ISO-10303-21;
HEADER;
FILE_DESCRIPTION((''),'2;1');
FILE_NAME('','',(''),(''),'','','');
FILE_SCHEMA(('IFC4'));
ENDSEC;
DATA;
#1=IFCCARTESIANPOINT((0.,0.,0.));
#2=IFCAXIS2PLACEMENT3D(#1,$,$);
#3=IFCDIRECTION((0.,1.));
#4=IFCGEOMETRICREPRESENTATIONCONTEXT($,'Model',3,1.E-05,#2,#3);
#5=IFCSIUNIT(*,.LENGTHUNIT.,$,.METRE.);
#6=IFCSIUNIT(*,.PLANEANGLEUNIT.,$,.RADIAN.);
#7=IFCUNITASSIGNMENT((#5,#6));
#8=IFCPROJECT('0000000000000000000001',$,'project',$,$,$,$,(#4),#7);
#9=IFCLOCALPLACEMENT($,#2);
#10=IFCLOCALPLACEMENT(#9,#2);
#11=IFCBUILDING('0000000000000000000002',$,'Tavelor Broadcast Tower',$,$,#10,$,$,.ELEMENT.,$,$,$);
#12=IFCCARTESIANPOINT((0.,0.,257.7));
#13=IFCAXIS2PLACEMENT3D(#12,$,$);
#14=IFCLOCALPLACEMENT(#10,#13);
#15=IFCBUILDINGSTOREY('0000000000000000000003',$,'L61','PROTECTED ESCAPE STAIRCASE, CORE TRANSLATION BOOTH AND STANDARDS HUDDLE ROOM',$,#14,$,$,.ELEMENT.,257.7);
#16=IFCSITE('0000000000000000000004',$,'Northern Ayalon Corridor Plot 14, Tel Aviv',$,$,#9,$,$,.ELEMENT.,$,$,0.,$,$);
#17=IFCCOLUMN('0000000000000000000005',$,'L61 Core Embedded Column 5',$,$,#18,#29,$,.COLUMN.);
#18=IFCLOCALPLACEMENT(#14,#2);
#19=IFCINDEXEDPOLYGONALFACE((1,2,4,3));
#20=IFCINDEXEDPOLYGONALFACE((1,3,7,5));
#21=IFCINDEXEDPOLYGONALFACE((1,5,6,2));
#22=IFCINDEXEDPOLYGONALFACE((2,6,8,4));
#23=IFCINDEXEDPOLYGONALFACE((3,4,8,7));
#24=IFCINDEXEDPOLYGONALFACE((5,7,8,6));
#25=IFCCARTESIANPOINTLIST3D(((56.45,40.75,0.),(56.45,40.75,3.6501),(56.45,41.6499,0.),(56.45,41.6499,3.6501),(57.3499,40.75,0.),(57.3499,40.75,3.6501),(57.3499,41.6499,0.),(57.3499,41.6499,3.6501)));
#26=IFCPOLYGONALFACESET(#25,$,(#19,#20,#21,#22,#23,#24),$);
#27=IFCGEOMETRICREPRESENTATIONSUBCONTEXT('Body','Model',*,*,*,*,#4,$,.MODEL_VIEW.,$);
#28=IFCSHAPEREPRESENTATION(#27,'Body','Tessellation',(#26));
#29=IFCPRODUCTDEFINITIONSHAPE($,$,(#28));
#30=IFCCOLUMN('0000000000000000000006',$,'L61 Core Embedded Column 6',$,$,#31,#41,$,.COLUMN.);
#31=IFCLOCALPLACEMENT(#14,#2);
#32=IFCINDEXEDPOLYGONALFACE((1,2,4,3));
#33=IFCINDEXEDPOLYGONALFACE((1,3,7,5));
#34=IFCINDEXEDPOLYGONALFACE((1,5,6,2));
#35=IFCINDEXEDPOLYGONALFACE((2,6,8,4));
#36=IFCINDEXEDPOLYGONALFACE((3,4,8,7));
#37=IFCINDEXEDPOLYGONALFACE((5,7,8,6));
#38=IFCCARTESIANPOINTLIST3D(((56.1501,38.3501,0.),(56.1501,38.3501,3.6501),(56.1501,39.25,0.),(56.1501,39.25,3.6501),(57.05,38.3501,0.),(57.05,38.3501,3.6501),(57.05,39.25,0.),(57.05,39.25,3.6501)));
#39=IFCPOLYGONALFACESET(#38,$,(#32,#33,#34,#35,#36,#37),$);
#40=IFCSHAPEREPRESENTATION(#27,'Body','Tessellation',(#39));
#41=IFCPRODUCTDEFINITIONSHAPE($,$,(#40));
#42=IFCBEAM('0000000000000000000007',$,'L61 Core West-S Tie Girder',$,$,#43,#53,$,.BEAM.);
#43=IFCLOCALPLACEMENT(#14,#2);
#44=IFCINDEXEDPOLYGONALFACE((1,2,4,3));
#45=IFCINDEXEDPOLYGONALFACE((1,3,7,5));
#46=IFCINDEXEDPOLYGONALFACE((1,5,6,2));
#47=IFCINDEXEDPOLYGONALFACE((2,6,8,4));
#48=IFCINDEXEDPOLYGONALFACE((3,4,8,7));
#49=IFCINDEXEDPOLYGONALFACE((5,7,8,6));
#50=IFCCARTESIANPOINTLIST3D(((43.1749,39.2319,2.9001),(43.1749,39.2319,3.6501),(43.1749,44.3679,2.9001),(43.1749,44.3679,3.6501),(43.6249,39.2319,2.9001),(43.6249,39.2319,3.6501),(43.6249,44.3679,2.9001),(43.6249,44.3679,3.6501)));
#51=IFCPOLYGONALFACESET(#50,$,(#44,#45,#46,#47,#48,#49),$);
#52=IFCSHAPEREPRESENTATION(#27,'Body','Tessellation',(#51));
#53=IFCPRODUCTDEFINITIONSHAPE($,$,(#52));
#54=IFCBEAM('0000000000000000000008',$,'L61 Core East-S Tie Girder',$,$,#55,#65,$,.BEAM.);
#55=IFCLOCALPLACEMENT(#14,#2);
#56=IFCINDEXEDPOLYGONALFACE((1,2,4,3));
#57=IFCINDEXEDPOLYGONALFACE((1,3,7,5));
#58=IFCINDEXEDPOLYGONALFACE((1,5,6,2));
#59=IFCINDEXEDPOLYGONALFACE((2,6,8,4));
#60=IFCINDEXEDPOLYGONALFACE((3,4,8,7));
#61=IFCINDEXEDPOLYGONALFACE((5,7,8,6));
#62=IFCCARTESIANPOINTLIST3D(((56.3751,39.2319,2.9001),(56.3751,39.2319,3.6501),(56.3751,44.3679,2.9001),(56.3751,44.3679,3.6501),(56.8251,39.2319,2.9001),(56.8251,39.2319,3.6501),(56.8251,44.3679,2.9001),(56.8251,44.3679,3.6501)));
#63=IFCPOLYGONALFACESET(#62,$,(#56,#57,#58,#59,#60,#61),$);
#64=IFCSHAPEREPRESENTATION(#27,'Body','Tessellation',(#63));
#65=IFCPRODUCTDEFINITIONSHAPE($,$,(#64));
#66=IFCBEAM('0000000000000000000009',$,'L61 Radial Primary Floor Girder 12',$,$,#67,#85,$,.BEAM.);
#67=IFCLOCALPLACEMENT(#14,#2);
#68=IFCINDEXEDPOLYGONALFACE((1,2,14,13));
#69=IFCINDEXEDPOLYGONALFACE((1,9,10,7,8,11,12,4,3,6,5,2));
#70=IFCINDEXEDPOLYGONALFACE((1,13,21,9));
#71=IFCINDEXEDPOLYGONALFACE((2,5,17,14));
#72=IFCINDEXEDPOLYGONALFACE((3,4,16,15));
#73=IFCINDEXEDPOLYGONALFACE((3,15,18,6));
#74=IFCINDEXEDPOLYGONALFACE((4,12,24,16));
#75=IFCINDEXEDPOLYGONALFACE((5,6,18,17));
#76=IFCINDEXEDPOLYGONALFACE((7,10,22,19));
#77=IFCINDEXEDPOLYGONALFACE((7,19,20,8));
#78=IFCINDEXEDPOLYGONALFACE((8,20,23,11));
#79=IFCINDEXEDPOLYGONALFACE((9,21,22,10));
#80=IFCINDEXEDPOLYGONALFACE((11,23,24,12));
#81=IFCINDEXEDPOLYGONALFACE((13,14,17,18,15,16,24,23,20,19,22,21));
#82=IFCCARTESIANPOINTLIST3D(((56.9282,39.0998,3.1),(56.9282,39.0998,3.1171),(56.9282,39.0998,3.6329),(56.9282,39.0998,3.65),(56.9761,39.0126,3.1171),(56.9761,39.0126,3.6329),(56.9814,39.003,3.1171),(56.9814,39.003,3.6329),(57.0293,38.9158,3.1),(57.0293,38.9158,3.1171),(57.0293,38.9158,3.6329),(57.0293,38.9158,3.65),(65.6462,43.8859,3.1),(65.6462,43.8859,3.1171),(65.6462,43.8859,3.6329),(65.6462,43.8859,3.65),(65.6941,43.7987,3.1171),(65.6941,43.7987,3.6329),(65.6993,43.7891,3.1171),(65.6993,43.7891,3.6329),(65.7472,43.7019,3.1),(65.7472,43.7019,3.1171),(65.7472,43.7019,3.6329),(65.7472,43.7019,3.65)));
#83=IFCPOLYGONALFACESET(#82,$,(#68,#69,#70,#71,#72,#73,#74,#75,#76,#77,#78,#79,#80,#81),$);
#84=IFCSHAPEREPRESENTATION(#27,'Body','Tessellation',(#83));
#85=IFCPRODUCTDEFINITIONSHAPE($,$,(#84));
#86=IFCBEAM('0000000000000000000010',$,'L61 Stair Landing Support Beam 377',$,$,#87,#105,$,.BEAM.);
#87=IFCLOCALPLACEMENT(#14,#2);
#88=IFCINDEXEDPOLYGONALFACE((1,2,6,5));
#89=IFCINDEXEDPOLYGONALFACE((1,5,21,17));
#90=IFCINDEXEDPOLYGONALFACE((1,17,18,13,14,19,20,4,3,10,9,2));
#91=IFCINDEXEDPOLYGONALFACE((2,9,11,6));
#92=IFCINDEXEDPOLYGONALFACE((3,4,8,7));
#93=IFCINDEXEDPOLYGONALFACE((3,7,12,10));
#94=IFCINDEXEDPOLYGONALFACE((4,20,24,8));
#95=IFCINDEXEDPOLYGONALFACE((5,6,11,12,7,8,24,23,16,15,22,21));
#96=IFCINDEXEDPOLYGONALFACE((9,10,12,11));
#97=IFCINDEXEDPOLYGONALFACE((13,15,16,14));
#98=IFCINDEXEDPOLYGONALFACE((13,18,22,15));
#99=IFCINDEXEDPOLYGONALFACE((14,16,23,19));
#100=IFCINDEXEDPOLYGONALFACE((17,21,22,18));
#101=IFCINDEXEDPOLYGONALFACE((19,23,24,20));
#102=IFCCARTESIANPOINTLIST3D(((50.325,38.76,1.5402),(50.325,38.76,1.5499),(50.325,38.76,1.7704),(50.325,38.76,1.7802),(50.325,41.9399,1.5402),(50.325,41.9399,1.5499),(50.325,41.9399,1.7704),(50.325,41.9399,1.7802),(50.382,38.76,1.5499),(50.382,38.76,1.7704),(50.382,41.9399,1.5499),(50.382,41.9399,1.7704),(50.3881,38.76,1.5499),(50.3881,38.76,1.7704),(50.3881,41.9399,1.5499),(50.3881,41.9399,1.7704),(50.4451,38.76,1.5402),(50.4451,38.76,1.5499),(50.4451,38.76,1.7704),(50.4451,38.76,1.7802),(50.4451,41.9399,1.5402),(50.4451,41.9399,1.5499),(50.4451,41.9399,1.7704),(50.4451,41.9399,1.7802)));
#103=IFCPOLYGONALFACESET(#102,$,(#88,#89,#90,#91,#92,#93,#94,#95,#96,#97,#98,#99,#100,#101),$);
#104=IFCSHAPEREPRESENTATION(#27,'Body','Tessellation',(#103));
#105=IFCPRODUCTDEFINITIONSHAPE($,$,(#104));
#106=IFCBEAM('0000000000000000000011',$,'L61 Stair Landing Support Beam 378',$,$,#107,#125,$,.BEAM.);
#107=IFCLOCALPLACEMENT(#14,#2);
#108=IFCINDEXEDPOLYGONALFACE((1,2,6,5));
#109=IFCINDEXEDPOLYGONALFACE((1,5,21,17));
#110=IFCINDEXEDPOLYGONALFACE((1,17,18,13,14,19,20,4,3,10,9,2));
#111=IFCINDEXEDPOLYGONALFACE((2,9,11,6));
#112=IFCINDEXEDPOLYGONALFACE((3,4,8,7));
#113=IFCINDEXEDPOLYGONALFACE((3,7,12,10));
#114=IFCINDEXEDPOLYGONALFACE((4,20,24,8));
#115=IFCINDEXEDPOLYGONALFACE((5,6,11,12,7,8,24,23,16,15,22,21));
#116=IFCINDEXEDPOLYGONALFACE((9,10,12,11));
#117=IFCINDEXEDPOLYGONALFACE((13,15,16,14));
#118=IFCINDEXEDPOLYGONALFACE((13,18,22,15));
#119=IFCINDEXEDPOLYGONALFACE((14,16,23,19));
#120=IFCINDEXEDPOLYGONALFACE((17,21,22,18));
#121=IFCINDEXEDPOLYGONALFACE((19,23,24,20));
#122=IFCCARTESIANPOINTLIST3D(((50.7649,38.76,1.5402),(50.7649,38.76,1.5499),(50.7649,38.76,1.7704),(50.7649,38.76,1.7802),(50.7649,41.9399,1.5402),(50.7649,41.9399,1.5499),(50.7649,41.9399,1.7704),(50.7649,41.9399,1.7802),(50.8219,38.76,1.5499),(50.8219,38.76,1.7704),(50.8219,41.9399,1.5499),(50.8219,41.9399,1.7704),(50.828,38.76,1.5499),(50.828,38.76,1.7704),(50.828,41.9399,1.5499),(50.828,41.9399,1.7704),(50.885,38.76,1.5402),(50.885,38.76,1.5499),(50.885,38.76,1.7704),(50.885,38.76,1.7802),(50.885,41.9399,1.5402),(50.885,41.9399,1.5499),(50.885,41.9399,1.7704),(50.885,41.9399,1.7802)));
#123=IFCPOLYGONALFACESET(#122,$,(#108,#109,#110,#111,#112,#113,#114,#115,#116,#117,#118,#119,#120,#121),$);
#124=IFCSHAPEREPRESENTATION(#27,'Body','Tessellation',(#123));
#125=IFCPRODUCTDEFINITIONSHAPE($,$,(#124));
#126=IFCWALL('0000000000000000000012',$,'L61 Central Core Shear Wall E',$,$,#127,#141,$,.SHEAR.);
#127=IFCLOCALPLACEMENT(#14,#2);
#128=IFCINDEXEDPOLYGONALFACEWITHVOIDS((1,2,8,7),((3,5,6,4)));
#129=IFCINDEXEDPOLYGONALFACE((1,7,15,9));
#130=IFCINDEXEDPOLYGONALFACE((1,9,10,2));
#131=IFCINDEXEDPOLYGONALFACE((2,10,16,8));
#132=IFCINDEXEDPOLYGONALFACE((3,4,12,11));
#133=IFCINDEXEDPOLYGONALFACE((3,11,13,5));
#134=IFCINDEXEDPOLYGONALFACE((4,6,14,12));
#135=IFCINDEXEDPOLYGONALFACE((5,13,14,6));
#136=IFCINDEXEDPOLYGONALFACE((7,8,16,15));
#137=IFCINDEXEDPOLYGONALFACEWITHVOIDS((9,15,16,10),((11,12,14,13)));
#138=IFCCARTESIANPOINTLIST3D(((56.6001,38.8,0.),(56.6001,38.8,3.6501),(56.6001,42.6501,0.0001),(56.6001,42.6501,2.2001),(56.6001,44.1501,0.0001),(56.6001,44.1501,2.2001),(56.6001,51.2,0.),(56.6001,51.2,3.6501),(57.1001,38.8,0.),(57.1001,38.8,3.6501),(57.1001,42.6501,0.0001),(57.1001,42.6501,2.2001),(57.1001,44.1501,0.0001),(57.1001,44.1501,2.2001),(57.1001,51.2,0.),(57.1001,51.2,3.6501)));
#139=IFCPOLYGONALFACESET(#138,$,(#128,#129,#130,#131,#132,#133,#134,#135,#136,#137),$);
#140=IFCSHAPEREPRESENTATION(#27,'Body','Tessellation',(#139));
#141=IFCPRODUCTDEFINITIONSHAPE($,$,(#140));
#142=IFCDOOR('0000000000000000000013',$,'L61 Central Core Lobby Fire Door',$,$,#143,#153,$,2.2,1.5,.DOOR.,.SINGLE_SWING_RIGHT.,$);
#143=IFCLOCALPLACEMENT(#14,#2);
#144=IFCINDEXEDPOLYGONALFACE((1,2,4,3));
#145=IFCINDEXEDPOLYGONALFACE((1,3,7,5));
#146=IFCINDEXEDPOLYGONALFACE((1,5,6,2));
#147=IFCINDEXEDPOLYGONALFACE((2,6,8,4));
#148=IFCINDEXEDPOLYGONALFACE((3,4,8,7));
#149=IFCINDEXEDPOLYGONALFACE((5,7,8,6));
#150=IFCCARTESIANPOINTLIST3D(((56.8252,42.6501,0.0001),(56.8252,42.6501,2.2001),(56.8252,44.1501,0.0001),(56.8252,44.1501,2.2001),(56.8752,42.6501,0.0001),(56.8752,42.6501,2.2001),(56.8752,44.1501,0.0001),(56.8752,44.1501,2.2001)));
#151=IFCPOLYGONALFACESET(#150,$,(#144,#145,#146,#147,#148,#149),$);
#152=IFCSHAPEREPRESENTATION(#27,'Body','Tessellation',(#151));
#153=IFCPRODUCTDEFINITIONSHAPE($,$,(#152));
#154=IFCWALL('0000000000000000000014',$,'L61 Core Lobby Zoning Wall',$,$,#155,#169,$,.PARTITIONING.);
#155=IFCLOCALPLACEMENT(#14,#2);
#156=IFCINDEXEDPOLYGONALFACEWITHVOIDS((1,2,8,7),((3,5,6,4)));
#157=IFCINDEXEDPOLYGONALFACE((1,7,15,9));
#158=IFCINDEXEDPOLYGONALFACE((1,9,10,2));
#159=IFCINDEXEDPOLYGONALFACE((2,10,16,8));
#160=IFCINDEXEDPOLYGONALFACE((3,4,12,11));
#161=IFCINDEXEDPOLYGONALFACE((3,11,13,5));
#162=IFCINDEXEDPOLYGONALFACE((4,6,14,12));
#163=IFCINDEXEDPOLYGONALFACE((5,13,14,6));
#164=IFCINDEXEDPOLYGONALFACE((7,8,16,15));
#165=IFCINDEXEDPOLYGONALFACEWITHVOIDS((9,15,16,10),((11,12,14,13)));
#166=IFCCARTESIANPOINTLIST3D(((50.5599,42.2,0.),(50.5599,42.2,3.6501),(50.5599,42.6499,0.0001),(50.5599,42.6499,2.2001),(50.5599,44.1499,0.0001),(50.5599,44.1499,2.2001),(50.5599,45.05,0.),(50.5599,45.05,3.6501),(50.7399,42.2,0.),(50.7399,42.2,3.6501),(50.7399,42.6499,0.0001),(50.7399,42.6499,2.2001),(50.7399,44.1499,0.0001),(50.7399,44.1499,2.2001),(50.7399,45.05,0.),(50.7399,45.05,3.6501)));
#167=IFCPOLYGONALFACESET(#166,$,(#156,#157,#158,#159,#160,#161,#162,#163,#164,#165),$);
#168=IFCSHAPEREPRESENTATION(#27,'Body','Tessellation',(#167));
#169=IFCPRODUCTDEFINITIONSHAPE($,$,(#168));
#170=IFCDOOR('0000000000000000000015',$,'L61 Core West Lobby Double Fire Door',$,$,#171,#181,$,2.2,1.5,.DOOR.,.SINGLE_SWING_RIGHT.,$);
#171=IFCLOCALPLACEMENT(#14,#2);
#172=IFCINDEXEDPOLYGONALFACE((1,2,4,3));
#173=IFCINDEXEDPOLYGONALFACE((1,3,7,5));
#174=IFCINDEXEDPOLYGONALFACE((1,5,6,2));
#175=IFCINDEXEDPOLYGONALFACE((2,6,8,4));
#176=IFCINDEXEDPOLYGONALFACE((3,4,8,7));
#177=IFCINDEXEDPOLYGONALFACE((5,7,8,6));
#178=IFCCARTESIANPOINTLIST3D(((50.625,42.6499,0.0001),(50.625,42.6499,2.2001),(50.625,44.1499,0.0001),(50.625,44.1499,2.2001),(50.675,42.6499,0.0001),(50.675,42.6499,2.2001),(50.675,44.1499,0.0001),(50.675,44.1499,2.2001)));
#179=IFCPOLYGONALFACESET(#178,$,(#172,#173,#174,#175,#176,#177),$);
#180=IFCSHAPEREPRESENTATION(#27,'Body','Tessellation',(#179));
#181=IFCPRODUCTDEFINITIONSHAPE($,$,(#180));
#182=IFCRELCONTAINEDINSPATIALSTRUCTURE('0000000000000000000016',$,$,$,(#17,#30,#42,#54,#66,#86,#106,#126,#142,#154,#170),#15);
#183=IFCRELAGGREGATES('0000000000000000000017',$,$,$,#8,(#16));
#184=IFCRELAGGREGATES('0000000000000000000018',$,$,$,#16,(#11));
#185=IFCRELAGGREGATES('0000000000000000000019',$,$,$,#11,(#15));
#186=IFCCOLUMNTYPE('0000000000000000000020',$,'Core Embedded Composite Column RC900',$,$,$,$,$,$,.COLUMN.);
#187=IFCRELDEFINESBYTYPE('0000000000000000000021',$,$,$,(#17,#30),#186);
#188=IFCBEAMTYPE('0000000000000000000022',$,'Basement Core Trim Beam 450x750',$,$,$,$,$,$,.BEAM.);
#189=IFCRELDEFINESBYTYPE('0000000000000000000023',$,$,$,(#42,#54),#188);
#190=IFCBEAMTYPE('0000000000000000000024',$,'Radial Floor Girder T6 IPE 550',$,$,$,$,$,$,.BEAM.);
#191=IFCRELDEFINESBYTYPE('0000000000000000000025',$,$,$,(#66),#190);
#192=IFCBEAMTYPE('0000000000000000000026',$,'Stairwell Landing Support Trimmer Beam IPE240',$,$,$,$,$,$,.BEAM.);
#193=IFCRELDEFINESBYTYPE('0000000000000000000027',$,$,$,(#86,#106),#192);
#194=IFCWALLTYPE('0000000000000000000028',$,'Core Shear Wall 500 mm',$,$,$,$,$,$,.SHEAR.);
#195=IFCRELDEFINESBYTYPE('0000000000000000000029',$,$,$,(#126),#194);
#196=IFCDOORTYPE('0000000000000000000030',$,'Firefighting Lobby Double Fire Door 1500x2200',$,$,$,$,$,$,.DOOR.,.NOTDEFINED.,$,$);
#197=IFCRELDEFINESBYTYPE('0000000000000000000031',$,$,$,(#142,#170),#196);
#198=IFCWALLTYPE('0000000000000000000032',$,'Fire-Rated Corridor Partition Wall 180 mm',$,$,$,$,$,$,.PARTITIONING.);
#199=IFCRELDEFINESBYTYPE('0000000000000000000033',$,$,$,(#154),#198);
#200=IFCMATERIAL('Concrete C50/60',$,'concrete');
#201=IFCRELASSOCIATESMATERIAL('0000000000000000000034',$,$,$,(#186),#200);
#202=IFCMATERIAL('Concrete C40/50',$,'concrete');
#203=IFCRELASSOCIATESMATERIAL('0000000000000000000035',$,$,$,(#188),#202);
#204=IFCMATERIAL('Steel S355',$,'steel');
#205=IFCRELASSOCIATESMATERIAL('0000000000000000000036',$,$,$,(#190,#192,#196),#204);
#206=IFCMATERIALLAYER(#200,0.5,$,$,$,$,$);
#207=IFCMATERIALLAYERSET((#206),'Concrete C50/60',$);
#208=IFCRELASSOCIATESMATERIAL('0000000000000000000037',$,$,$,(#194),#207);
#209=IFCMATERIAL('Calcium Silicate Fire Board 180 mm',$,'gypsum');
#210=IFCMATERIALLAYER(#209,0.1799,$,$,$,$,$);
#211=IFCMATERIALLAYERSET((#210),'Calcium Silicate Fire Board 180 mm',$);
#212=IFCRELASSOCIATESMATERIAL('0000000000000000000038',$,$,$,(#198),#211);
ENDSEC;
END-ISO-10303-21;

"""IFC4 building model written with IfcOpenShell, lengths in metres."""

from ifc_helpers import new_model, si_unit, direction, frame, frame_2d, origin, origin_2d, place, context, subcontext, project, spatial, rectangle, i_section, extrude, material, layer, layer_set, material_profile, profile_set, type_object, element, fill, save


model = new_model("IFC4")

# Units and contexts
model_context = context("Model", 3, precision=1e-05, world=origin(), true_north=direction((0.0, 1.0)))
body_context = subcontext(model_context, "Body", "Model", "MODEL_VIEW")
ifc_project = project(units=[si_unit("LENGTHUNIT", "METRE"), si_unit("PLANEANGLEUNIT", "RADIAN")], contexts=[model_context])

# Site, building, storey
site_placement = place(None, origin())
site = spatial("IfcSite", under=ifc_project, at=site_placement, Name="Northern Ayalon Corridor Plot 14, Tel Aviv", CompositionType="ELEMENT", RefElevation=0.0)
building_placement = place(site_placement, origin())
building = spatial("IfcBuilding", under=site, at=building_placement, Name="Tavelor Broadcast Tower", CompositionType="ELEMENT")
storey_placement = place(building_placement, frame((0.0, 0.0, 257.7)))
storey = spatial("IfcBuildingStorey", under=building, at=storey_placement, Name="L61", Description="PROTECTED ESCAPE STAIRCASE, CORE TRANSLATION BOOTH AND STANDARDS HUDDLE ROOM", CompositionType="ELEMENT", Elevation=257.7)

# Columns
ifc_material_1 = material(Name="Concrete C50/60", Category="concrete")
ifc_material_profile_1 = material_profile(ifc_material_1, rectangle(XDim=0.8999, YDim=0.8999, at=origin_2d()), Name="RC 900x900")
ifc_profile_set_1 = profile_set([ifc_material_profile_1], Name="Concrete C50/60")
column_type = type_object("IfcColumnType", Name="Core Embedded Composite Column RC900", PredefinedType="COLUMN", material=ifc_profile_set_1)
for number, where, z_axis, x_axis, name in (
    (1, (56.8999, 41.2, 0.0), (0.0, 0.0, 1.0), (1.0, 0.0, 0.0), "L61 Core Embedded Column 5"),
    (2, (56.6001, 38.8, 0.0), (0.0, 0.0, 1.0), (1.0, 0.0, 0.0), "L61 Core Embedded Column 6"),
):
    element("IfcColumn", number, at=place(storey_placement, frame(where, z_axis=z_axis, x_axis=x_axis)), inside=storey, type_object=column_type, Name=name, PredefinedType="COLUMN", context=body_context, shape_type="SweptSolid", body=[
        extrude(rectangle(XDim=0.8999, YDim=0.8999, at=origin_2d()), origin(), (0.0, 0.0, 1.0), 3.6501),
    ])

# Beams
ifc_material_2 = material(Name="Concrete C40/50", Category="concrete")
ifc_material_profile_2 = material_profile(ifc_material_2, rectangle(XDim=0.45, YDim=0.75, at=origin_2d()), Name="RC 450x750")
ifc_profile_set_2 = profile_set([ifc_material_profile_2], Name="Concrete C40/50")
beam_type_1 = type_object("IfcBeamType", Name="Basement Core Trim Beam 450x750", PredefinedType="BEAM", material=ifc_profile_set_2)
for number, where, z_axis, x_axis, name in (
    (3, (43.3999, 39.2319, 3.2751), (0.0, 1.0, 0.0), (-1.0, 0.0, 0.0), "L61 Core West-S Tie Girder"),
    (4, (56.6001, 39.2319, 3.2751), (0.0, 1.0, 0.0), (-1.0, 0.0, 0.0), "L61 Core East-S Tie Girder"),
):
    element("IfcBeam", number, at=place(storey_placement, frame(where, z_axis=z_axis, x_axis=x_axis)), inside=storey, type_object=beam_type_1, Name=name, PredefinedType="BEAM", context=body_context, shape_type="SweptSolid", body=[
        extrude(rectangle(XDim=0.45, YDim=0.75, at=origin_2d()), origin(), (0.0, 0.0, 1.0), 5.136),
    ])
ifc_material_3 = material(Name="Steel S355", Category="steel")
ifc_material_profile_3 = material_profile(ifc_material_3, i_section(OverallWidth=0.21, OverallDepth=0.55, WebThickness=0.011, FlangeThickness=0.0171, at=origin_2d()), Name="IPE 550")
ifc_profile_set_3 = profile_set([ifc_material_profile_3], Name="Steel S355")
beam_type_2 = type_object("IfcBeamType", Name="Radial Floor Girder T6 IPE 550", PredefinedType="BEAM", material=ifc_profile_set_3)
beam_placement = place(storey_placement, frame((56.9788, 39.0078, 3.375), z_axis=(0.876588, 0.481241, 0.0), x_axis=(-0.481241, 0.876588, 0.0)))
element("IfcBeam", 5, at=beam_placement, inside=storey, type_object=beam_type_2, Name="L61 Radial Primary Floor Girder 12", PredefinedType="BEAM", context=body_context, shape_type="SweptSolid", body=[
    extrude(i_section(OverallWidth=0.21, OverallDepth=0.55, WebThickness=0.011, FlangeThickness=0.0171, at=origin_2d()), origin(), (0.0, 0.0, 1.0), 9.9453),
])
ifc_material_profile_4 = material_profile(ifc_material_3, i_section(OverallWidth=0.1201, OverallDepth=0.24, WebThickness=0.0061, FlangeThickness=0.0098, at=origin_2d()), Name="IPE 240")
ifc_profile_set_4 = profile_set([ifc_material_profile_4], Name="Steel S355")
beam_type_3 = type_object("IfcBeamType", Name="Stairwell Landing Support Trimmer Beam IPE240", PredefinedType="BEAM", material=ifc_profile_set_4)
for number, where, z_axis, x_axis, name in (
    (6, (50.385, 38.76, 1.6602), (0.0, 1.0, 0.0), (-1.0, 0.0, 0.0), "L61 Stair Landing Support Beam 377"),
    (7, (50.825, 38.76, 1.6602), (0.0, 1.0, 0.0), (-1.0, 0.0, 0.0), "L61 Stair Landing Support Beam 378"),
):
    element("IfcBeam", number, at=place(storey_placement, frame(where, z_axis=z_axis, x_axis=x_axis)), inside=storey, type_object=beam_type_3, Name=name, PredefinedType="BEAM", context=body_context, shape_type="SweptSolid", body=[
        extrude(i_section(OverallWidth=0.1201, OverallDepth=0.24, WebThickness=0.0061, FlangeThickness=0.0098, at=origin_2d()), origin(), (0.0, 0.0, 1.0), 3.1799),
    ])

# Walls, openings, doors
ifc_layer_1 = layer(ifc_material_1, 0.5)
ifc_layer_set_1 = layer_set([ifc_layer_1], Name="Concrete C50/60")
wall_type_1 = type_object("IfcWallType", Name="Core Shear Wall 500 mm", PredefinedType="SHEAR", material=ifc_layer_set_1)
wall_1_placement = place(storey_placement, frame((56.8501, 38.8, 0.0), z_axis=(0.0, 0.0, 1.0), x_axis=(0.0, 1.0, 0.0)))
wall_1 = element("IfcWall", 8, at=wall_1_placement, inside=storey, type_object=wall_type_1, Name="L61 Central Core Shear Wall E", PredefinedType="SHEAR", context=body_context, shape_type="SweptSolid", body=[
    extrude(rectangle(XDim=12.3999, YDim=0.5, at=frame_2d((6.2, 0.0))), origin(), (0.0, 0.0, 1.0), 3.6501),
])
opening_1_placement = place(wall_1_placement, frame((3.8501, 0.0, 0.0)))
opening_1 = element("IfcOpeningElement", 9, at=opening_1_placement, cuts=wall_1, PredefinedType="OPENING", context=body_context, shape_type="SweptSolid", body=[
    extrude(rectangle(XDim=1.5, YDim=2.2, at=frame_2d((0.75, 1.1001))), frame((0.0, 0.26, 0.0), z_axis=(0.0, -1.0, 0.0), x_axis=(1.0, 0.0, 0.0)), (0.0, 0.0, 1.0), 0.52),
])
door_type_1 = type_object("IfcDoorType", Name="Firefighting Lobby Double Fire Door 1500x2200", OperationType="NOTDEFINED", PredefinedType="DOOR", material=ifc_material_3)
door_1_placement = place(opening_1_placement, origin())
door_1 = element("IfcDoor", 10, at=door_1_placement, inside=storey, type_object=door_type_1, Name="L61 Central Core Lobby Fire Door", OperationType="SINGLE_SWING_RIGHT", OverallHeight=2.2, OverallWidth=1.5, PredefinedType="DOOR", context=body_context, shape_type="SweptSolid", body=[
    extrude(rectangle(XDim=1.5, YDim=2.2, at=frame_2d((0.75, 1.1001))), frame((0.0, 0.0249, 0.0), z_axis=(0.0, -1.0, 0.0), x_axis=(1.0, 0.0, 0.0)), (0.0, 0.0, 1.0), 0.05),
])
fill(opening_1, door_1)
ifc_material_4 = material(Name="Calcium Silicate Fire Board 180 mm", Category="gypsum")
ifc_layer_2 = layer(ifc_material_4, 0.1799)
ifc_layer_set_2 = layer_set([ifc_layer_2], Name="Calcium Silicate Fire Board 180 mm")
wall_type_2 = type_object("IfcWallType", Name="Fire-Rated Corridor Partition Wall 180 mm", PredefinedType="PARTITIONING", material=ifc_layer_set_2)
wall_2_placement = place(storey_placement, frame((50.6499, 42.2, 0.0), z_axis=(0.0, 0.0, 1.0), x_axis=(0.0, 1.0, 0.0)))
wall_2 = element("IfcWall", 11, at=wall_2_placement, inside=storey, type_object=wall_type_2, Name="L61 Core Lobby Zoning Wall", PredefinedType="PARTITIONING", context=body_context, shape_type="SweptSolid", body=[
    extrude(rectangle(XDim=2.8501, YDim=0.1799, at=frame_2d((1.425, 0.0))), origin(), (0.0, 0.0, 1.0), 3.6501),
])
opening_2_placement = place(wall_2_placement, frame((0.45, 0.0, 0.0)))
opening_2 = element("IfcOpeningElement", 12, at=opening_2_placement, cuts=wall_2, PredefinedType="OPENING", context=body_context, shape_type="SweptSolid", body=[
    extrude(rectangle(XDim=1.5, YDim=2.2, at=frame_2d((0.75, 1.1001))), frame((0.0, 0.1001, 0.0), z_axis=(0.0, -1.0, 0.0), x_axis=(1.0, 0.0, 0.0)), (0.0, 0.0, 1.0), 0.2),
])
door_2_placement = place(opening_2_placement, origin())
door_2 = element("IfcDoor", 13, at=door_2_placement, inside=storey, type_object=door_type_1, Name="L61 Core West Lobby Double Fire Door", OperationType="SINGLE_SWING_RIGHT", OverallHeight=2.2, OverallWidth=1.5, PredefinedType="DOOR", context=body_context, shape_type="SweptSolid", body=[
    extrude(rectangle(XDim=1.5, YDim=2.2, at=frame_2d((0.75, 1.1001))), frame((0.0, 0.0249, 0.0), z_axis=(0.0, -1.0, 0.0), x_axis=(1.0, 0.0, 0.0)), (0.0, 0.0, 1.0), 0.05),
])
fill(opening_2, door_2)

save(model, "model.ifc")
